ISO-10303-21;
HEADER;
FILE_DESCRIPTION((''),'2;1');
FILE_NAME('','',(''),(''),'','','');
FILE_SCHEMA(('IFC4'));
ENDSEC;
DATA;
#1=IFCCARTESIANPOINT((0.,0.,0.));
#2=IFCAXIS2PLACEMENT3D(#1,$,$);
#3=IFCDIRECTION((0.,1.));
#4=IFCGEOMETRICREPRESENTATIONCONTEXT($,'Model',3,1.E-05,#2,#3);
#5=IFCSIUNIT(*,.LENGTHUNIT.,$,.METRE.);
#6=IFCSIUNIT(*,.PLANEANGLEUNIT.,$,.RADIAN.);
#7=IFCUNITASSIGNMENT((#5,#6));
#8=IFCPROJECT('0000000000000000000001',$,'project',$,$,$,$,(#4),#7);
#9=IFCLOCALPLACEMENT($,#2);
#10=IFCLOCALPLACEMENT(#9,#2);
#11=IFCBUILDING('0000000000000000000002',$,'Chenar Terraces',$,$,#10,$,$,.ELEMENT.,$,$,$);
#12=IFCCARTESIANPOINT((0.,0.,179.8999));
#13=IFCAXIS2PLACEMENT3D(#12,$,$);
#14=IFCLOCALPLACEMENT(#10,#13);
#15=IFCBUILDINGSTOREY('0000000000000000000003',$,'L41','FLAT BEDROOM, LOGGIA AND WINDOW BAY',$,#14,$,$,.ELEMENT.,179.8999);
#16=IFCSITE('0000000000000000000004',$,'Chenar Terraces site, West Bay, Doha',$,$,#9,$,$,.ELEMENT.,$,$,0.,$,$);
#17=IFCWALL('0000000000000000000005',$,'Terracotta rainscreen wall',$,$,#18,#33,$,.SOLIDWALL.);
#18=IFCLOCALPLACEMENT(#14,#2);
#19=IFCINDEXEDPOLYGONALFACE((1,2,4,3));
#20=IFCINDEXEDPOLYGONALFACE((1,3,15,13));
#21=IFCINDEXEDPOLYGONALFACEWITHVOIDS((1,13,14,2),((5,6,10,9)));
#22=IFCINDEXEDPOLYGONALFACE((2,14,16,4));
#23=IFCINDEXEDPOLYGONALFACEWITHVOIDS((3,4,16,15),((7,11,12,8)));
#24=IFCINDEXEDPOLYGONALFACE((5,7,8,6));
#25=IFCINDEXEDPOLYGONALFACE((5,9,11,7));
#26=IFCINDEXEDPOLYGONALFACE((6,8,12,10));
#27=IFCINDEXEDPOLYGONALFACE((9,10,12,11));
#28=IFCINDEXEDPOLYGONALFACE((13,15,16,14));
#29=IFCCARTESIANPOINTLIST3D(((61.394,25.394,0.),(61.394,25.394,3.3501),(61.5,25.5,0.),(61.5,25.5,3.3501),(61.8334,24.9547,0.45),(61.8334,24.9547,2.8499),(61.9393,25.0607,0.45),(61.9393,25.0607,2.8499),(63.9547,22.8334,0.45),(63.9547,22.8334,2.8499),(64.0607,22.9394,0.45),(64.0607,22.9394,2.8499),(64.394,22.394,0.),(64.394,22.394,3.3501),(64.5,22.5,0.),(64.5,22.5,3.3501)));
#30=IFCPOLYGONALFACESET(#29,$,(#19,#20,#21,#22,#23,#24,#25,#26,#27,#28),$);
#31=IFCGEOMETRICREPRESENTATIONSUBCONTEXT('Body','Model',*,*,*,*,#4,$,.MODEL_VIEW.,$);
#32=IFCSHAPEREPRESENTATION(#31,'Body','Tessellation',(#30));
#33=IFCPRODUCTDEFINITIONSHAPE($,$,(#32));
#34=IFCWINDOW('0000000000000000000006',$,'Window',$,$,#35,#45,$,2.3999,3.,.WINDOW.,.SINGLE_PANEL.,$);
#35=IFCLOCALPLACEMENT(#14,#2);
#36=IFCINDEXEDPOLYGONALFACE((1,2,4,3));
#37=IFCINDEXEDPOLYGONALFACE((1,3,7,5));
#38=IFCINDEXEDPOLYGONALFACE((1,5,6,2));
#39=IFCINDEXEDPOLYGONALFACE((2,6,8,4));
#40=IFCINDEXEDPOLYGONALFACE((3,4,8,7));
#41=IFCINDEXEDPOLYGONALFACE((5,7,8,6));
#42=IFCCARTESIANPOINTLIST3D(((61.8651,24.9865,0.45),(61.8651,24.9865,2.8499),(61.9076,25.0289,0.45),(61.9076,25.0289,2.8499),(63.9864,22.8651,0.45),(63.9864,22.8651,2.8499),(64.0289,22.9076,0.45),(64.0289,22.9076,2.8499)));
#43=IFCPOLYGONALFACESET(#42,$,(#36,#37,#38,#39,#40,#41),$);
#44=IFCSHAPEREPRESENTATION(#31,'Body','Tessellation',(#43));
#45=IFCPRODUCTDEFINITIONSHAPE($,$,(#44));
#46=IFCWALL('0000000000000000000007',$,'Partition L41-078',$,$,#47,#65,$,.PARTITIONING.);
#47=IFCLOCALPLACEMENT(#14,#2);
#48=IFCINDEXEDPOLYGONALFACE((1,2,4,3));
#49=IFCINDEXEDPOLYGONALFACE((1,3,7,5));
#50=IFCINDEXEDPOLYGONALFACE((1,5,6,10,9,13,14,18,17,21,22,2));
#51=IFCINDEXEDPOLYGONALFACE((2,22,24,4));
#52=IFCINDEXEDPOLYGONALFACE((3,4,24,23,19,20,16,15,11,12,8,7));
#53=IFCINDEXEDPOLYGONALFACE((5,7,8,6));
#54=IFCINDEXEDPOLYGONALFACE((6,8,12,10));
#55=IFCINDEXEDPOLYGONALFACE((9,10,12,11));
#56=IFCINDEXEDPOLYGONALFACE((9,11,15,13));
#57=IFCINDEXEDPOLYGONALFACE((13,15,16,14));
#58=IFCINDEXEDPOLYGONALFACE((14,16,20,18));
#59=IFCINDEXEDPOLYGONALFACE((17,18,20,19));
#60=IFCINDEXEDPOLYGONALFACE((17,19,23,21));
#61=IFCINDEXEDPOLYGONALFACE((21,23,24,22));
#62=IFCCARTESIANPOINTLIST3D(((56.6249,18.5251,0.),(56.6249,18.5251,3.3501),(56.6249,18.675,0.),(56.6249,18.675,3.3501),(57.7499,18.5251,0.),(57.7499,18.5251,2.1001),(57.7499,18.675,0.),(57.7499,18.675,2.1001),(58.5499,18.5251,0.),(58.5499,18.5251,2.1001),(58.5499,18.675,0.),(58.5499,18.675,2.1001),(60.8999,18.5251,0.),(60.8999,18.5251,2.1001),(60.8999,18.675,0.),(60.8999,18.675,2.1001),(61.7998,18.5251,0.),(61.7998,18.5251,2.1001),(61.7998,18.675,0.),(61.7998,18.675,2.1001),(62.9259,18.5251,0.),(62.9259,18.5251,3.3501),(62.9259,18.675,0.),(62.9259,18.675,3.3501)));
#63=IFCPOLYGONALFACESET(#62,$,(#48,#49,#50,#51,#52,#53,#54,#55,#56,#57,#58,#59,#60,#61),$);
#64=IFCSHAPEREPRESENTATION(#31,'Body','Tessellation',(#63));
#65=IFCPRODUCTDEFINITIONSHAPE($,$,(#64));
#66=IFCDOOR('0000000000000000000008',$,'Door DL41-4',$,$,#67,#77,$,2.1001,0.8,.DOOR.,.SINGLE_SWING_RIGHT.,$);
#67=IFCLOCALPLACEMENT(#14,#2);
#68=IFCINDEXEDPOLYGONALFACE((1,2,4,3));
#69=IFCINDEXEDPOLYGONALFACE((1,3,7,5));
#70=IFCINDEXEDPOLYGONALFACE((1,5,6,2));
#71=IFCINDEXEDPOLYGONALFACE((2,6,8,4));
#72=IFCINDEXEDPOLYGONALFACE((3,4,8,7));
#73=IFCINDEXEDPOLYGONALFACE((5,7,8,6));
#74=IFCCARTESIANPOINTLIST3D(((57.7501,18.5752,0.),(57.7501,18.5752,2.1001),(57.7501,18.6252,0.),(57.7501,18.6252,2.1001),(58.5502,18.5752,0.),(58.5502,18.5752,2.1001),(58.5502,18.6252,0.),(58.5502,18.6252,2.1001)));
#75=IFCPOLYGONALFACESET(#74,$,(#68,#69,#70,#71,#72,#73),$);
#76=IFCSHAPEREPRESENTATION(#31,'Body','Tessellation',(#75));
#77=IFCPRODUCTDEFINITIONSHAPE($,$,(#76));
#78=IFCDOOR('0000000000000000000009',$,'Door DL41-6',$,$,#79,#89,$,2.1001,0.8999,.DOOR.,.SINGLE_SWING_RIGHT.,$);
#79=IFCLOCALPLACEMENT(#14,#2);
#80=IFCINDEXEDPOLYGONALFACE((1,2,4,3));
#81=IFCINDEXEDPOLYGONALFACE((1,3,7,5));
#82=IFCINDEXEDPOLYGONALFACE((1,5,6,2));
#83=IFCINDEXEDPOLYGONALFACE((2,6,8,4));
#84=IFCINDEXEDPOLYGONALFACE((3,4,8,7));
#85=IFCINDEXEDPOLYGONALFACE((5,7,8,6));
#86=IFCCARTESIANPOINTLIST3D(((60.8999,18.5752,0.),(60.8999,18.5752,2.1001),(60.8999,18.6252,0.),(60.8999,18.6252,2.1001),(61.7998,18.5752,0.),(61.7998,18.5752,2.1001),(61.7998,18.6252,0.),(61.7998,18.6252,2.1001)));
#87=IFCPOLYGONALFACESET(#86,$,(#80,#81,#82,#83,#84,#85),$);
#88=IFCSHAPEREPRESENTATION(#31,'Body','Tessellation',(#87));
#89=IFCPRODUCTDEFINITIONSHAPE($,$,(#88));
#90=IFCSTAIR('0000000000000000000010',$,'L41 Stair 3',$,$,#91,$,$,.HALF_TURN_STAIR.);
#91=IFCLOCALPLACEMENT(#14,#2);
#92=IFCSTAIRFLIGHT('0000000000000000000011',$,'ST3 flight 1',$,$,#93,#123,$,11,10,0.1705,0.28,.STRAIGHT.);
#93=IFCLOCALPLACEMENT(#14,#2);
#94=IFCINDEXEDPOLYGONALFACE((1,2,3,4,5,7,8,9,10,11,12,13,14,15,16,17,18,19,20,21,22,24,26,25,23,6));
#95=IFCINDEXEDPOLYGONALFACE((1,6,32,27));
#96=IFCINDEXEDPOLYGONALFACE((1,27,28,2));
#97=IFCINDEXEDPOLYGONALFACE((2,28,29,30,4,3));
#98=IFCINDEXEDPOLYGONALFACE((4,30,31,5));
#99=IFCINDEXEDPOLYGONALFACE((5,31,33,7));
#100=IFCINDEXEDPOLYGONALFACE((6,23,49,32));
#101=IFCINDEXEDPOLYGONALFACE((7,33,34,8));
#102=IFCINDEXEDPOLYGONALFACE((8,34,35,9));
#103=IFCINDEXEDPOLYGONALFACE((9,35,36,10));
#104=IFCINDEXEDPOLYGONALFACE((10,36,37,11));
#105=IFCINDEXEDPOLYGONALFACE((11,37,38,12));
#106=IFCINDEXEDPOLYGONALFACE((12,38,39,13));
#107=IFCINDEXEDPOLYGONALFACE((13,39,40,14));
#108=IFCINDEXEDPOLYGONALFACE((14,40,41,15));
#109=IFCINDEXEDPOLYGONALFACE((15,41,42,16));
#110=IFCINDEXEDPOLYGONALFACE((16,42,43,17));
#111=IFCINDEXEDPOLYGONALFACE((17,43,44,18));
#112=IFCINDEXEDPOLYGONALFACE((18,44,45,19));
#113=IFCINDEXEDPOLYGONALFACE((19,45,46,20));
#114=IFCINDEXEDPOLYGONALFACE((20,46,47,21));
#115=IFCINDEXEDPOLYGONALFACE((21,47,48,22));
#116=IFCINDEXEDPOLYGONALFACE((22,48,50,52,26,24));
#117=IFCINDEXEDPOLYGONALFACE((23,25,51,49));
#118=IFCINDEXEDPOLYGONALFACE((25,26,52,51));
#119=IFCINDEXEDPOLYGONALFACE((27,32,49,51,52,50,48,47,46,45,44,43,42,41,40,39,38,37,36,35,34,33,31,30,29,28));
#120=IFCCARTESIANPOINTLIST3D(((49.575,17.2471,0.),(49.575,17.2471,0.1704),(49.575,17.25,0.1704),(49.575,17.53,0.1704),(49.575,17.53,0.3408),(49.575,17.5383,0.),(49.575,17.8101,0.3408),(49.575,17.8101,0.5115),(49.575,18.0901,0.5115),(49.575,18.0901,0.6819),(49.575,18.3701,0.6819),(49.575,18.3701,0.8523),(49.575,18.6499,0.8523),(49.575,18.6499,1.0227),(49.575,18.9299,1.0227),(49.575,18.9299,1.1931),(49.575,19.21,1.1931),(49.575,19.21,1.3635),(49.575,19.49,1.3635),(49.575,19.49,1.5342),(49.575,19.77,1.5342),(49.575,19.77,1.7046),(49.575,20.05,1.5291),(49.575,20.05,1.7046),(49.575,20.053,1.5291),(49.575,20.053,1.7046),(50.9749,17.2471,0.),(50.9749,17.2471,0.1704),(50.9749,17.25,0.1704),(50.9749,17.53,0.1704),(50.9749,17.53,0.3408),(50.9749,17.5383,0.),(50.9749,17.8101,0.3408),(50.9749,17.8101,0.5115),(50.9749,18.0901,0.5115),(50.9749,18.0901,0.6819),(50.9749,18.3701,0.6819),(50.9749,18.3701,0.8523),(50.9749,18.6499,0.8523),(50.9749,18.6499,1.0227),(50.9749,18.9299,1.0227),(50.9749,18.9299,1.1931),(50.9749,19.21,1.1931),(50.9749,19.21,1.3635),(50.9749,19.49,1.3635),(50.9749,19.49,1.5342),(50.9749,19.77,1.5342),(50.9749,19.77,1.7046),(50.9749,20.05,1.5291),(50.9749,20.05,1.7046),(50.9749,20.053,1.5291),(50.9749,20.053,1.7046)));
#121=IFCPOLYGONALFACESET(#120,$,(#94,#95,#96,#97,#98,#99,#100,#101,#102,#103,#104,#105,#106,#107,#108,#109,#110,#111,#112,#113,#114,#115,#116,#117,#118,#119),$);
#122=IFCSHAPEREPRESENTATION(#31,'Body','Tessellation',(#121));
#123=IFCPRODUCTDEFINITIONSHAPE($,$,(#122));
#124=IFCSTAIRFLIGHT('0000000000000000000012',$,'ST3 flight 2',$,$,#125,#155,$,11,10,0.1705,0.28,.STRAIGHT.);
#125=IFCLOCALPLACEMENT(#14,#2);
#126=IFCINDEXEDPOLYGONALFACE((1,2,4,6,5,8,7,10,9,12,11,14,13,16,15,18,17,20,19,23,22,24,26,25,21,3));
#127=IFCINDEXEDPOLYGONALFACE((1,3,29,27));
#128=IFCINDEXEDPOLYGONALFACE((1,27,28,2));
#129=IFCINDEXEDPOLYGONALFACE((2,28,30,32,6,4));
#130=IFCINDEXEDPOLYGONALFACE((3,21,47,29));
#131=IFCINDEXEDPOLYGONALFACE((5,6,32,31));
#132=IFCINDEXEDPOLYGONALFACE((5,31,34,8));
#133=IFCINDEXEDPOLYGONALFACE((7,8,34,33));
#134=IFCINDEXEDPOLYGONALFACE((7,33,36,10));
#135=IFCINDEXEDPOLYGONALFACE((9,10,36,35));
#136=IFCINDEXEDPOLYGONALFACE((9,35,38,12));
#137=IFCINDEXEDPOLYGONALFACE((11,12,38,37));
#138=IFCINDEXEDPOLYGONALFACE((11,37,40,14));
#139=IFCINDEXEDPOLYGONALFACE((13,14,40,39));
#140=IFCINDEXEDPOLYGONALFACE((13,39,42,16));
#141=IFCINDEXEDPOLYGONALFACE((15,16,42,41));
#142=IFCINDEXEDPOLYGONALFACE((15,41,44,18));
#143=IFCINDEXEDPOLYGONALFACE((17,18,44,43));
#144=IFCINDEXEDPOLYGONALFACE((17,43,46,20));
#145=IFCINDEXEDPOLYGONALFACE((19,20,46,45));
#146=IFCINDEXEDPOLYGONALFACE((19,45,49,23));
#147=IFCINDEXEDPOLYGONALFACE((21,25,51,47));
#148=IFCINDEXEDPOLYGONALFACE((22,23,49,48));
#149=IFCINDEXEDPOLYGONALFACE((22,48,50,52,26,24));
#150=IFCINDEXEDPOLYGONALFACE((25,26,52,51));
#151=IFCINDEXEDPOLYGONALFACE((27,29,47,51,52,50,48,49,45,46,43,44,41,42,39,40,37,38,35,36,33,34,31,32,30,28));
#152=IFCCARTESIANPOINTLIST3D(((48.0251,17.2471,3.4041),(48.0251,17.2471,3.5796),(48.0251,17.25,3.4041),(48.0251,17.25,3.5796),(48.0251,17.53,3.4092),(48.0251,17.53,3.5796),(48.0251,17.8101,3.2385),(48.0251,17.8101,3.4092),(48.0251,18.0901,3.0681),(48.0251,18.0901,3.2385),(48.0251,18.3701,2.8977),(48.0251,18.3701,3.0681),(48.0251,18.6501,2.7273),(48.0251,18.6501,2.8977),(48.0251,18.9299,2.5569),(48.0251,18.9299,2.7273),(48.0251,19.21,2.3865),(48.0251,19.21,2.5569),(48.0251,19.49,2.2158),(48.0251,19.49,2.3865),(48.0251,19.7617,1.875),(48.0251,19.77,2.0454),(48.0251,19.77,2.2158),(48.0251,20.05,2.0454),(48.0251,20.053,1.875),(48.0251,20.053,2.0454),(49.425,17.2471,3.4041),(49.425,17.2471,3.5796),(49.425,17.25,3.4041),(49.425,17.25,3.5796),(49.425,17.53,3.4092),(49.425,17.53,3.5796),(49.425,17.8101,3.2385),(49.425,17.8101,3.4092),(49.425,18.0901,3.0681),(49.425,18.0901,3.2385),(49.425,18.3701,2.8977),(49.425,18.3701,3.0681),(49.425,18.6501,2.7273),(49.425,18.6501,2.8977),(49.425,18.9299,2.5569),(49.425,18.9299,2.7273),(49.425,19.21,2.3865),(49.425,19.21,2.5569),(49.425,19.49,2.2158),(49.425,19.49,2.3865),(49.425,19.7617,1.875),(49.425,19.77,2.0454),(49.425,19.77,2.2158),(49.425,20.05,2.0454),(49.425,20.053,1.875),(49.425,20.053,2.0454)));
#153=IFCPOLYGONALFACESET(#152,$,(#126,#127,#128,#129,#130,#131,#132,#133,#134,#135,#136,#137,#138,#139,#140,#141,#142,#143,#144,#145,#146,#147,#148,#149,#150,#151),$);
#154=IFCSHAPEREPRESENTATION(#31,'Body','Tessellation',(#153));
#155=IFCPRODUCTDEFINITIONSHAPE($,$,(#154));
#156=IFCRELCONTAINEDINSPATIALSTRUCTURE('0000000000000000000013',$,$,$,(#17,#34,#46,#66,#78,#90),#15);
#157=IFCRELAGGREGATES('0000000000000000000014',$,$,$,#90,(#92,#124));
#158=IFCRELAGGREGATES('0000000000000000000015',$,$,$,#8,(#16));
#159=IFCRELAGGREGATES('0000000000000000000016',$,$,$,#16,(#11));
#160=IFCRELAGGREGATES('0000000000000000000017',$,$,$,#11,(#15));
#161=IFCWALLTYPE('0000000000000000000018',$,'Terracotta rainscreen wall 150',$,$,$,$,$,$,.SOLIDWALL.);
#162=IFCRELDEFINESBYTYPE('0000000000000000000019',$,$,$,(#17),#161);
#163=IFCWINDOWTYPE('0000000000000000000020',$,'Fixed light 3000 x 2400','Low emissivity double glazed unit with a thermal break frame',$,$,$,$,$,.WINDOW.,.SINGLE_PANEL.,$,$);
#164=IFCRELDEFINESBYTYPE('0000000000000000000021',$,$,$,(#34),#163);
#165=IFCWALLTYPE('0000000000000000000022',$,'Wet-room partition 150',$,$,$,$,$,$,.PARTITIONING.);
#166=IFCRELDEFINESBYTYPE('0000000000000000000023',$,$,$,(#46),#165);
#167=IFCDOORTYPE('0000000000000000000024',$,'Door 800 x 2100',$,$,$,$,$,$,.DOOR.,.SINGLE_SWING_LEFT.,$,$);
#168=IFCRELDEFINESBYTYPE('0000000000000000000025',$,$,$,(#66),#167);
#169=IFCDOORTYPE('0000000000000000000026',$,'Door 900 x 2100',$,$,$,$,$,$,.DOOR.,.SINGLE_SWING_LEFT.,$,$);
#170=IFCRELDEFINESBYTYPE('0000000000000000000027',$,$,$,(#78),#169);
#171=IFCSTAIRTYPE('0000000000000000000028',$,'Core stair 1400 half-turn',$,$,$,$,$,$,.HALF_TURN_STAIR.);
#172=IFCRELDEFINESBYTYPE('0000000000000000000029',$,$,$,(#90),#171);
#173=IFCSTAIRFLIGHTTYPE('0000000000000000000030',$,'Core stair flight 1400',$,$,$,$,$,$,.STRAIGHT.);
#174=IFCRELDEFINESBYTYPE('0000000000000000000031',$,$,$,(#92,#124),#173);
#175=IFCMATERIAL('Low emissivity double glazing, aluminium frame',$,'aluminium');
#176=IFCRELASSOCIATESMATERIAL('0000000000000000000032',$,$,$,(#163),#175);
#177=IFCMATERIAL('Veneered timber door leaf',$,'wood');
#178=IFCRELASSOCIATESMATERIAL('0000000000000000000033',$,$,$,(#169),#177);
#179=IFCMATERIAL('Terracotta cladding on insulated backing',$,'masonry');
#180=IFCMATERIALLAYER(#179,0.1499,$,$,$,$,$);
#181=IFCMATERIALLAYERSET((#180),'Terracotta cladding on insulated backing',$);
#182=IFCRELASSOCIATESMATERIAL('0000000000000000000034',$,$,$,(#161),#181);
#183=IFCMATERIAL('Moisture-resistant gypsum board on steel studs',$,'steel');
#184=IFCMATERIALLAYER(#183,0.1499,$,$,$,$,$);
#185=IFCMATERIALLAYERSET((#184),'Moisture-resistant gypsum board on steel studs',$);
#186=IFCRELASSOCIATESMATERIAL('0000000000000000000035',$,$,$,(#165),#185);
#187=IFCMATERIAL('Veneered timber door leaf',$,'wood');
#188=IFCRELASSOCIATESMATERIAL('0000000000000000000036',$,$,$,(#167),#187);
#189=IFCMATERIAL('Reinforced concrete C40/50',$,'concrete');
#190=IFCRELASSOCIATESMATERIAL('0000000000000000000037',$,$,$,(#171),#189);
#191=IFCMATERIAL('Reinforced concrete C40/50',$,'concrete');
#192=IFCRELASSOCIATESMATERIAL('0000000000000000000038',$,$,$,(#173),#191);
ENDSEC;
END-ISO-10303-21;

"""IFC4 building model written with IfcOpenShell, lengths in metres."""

from ifc_helpers import new_model, si_unit, direction, frame, frame_2d, origin, place, context, subcontext, project, spatial, polyline, rectangle, outline, extrude, material, layer, layer_set, type_object, element, fill, aggregate, save


model = new_model("IFC4")

# Units and contexts
model_context = context("Model", 3, precision=1e-05, world=origin(), true_north=direction((0.0, 1.0)))
body_context = subcontext(model_context, "Body", "Model", "MODEL_VIEW")
ifc_project = project(units=[si_unit("LENGTHUNIT", "METRE"), si_unit("PLANEANGLEUNIT", "RADIAN")], contexts=[model_context])

# Site, building, storey
site_placement = place(None, origin())
site = spatial("IfcSite", under=ifc_project, at=site_placement, Name="Chenar Terraces site, West Bay, Doha", CompositionType="ELEMENT", RefElevation=0.0)
building_placement = place(site_placement, origin())
building = spatial("IfcBuilding", under=site, at=building_placement, Name="Chenar Terraces", CompositionType="ELEMENT")
storey_placement = place(building_placement, frame((0.0, 0.0, 179.8999)))
storey = spatial("IfcBuildingStorey", under=building, at=storey_placement, Name="L41", Description="FLAT BEDROOM, LOGGIA AND WINDOW BAY", CompositionType="ELEMENT", Elevation=179.8999)

# Shared definitions
ifc_material_1 = material(Name="Low emissivity double glazing, aluminium frame", Category="aluminium")
window_type_1 = type_object("IfcWindowType", Name="Fixed light 3000 x 2400", Description="Low emissivity double glazed unit with a thermal break frame", PartitioningType="SINGLE_PANEL", PredefinedType="WINDOW", material=ifc_material_1)

# Shared definitions
ifc_material_2 = material(Name="Veneered timber door leaf", Category="wood")
door_type_1 = type_object("IfcDoorType", Name="Door 900 x 2100", OperationType="SINGLE_SWING_LEFT", PredefinedType="DOOR", material=ifc_material_2)

# Wall, opening, window
ifc_material_3 = material(Name="Terracotta cladding on insulated backing", Category="masonry")
ifc_layer_1 = layer(ifc_material_3, 0.1499)
ifc_layer_set_1 = layer_set([ifc_layer_1], Name="Terracotta cladding on insulated backing")
wall_type_1 = type_object("IfcWallType", Name="Terracotta rainscreen wall 150", PredefinedType="SOLIDWALL", material=ifc_layer_set_1)
wall_1_placement = place(storey_placement, frame((64.447, 22.447, 0.0), z_axis=(0.0, 0.0, 1.0), x_axis=(-0.707107, 0.707107, 0.0)))
wall_1 = element("IfcWall", 1, at=wall_1_placement, inside=storey, type_object=wall_type_1, Name="Terracotta rainscreen wall", PredefinedType="SOLIDWALL", context=body_context, shape_type="SweptSolid", body=[
    extrude(rectangle(XDim=4.2427, YDim=0.1499, at=frame_2d((2.1213, 0.0))), origin(), (0.0, 0.0, 1.0), 3.3501),
])
opening_1_placement = place(wall_1_placement, frame((0.6213, 0.0, 0.45)))
opening_1 = element("IfcOpeningElement", 2, at=opening_1_placement, cuts=wall_1, PredefinedType="OPENING", context=body_context, shape_type="SweptSolid", body=[
    extrude(rectangle(XDim=3.0, YDim=2.3999, at=frame_2d((1.5, 1.2))), frame((0.0, 0.085, 0.0), z_axis=(0.0, -1.0, 0.0), x_axis=(1.0, 0.0, 0.0)), (0.0, 0.0, 1.0), 0.1699),
])
window_1_placement = place(opening_1_placement, origin())
window_1 = element("IfcWindow", 3, at=window_1_placement, inside=storey, type_object=window_type_1, Name="Window", OverallHeight=2.3999, OverallWidth=3.0, PartitioningType="SINGLE_PANEL", PredefinedType="WINDOW", context=body_context, shape_type="SweptSolid", body=[
    extrude(rectangle(XDim=3.0, YDim=2.3999, at=frame_2d((1.5, 1.2))), frame((0.0, 0.03, 0.0), z_axis=(0.0, -1.0, 0.0), x_axis=(1.0, 0.0, 0.0)), (0.0, 0.0, 1.0), 0.0601),
])
fill(opening_1, window_1)

# Wall, openings, doors
ifc_material_4 = material(Name="Moisture-resistant gypsum board on steel studs", Category="steel")
ifc_layer_2 = layer(ifc_material_4, 0.1499)
ifc_layer_set_2 = layer_set([ifc_layer_2], Name="Moisture-resistant gypsum board on steel studs")
wall_type_2 = type_object("IfcWallType", Name="Wet-room partition 150", PredefinedType="PARTITIONING", material=ifc_layer_set_2)
wall_2_placement = place(storey_placement, frame((56.625, 18.6001, 0.0), z_axis=(0.0, 0.0, 1.0), x_axis=(1.0, 0.0, 0.0)))
wall_2 = element("IfcWall", 4, at=wall_2_placement, inside=storey, type_object=wall_type_2, Name="Partition L41-078", PredefinedType="PARTITIONING", context=body_context, shape_type="SweptSolid", body=[
    extrude(rectangle(XDim=6.301, YDim=0.1499, at=frame_2d((3.1504, 0.0))), origin(), (0.0, 0.0, 1.0), 3.3501),
])
opening_2_placement = place(wall_2_placement, frame((1.125, 0.0, 0.0)))
opening_2 = element("IfcOpeningElement", 5, at=opening_2_placement, cuts=wall_2, PredefinedType="OPENING", context=body_context, shape_type="SweptSolid", body=[
    extrude(rectangle(XDim=0.8, YDim=2.1001, at=frame_2d((0.3999, 1.05))), frame((0.0, 0.085, 0.0), z_axis=(0.0, -1.0, 0.0), x_axis=(1.0, 0.0, 0.0)), (0.0, 0.0, 1.0), 0.1699),
])
opening_3_placement = place(wall_2_placement, frame((4.2749, 0.0, 0.0)))
opening_3 = element("IfcOpeningElement", 6, at=opening_3_placement, cuts=wall_2, PredefinedType="OPENING", context=body_context, shape_type="SweptSolid", body=[
    extrude(rectangle(XDim=0.8999, YDim=2.1001, at=frame_2d((0.45, 1.05))), frame((0.0, 0.085, 0.0), z_axis=(0.0, -1.0, 0.0), x_axis=(1.0, 0.0, 0.0)), (0.0, 0.0, 1.0), 0.1699),
])
ifc_material_5 = material(Name="Veneered timber door leaf", Category="wood")
door_type_2 = type_object("IfcDoorType", Name="Door 800 x 2100", OperationType="SINGLE_SWING_LEFT", PredefinedType="DOOR", material=ifc_material_5)
door_1_placement = place(opening_2_placement, frame((0.8, 0.0, 0.0), z_axis=(0.0, 0.0, 1.0), x_axis=(-1.0, 0.0, 0.0)))
door_1 = element("IfcDoor", 7, at=door_1_placement, inside=storey, type_object=door_type_2, Name="Door DL41-4", OperationType="SINGLE_SWING_RIGHT", OverallHeight=2.1001, OverallWidth=0.8, PredefinedType="DOOR", context=body_context, shape_type="SweptSolid", body=[
    extrude(rectangle(XDim=0.8, YDim=2.1001, at=frame_2d((0.3999, 1.05))), frame((0.0, 0.0249, 0.0), z_axis=(0.0, -1.0, 0.0), x_axis=(1.0, 0.0, 0.0)), (0.0, 0.0, 1.0), 0.05),
])
fill(opening_2, door_1)
door_2_placement = place(opening_3_placement, frame((0.8999, 0.0, 0.0), z_axis=(0.0, 0.0, 1.0), x_axis=(-1.0, 0.0, 0.0)))
door_2 = element("IfcDoor", 8, at=door_2_placement, inside=storey, type_object=door_type_1, Name="Door DL41-6", OperationType="SINGLE_SWING_RIGHT", OverallHeight=2.1001, OverallWidth=0.8999, PredefinedType="DOOR", context=body_context, shape_type="SweptSolid", body=[
    extrude(rectangle(XDim=0.8999, YDim=2.1001, at=frame_2d((0.45, 1.05))), frame((0.0, 0.0249, 0.0), z_axis=(0.0, -1.0, 0.0), x_axis=(1.0, 0.0, 0.0)), (0.0, 0.0, 1.0), 0.05),
])
fill(opening_3, door_2)

# Stair, stair flights
ifc_material_6 = material(Name="Reinforced concrete C40/50", Category="concrete")
stair_type = type_object("IfcStairType", Name="Core stair 1400 half-turn", PredefinedType="HALF_TURN_STAIR", material=ifc_material_6)
stair_placement = place(storey_placement, origin())
stair = element("IfcStair", 9, at=stair_placement, inside=storey, type_object=stair_type, Name="L41 Stair 3", PredefinedType="HALF_TURN_STAIR")
ifc_material_7 = material(Name="Reinforced concrete C40/50", Category="concrete")
stair_flight_type = type_object("IfcStairFlightType", Name="Core stair flight 1400", PredefinedType="STRAIGHT", material=ifc_material_7)
stair_flight_1_placement = place(storey_placement, frame((50.2749, 17.25, 0.0), z_axis=(0.0, 0.0, 1.0), x_axis=(0.0, 1.0, 0.0)))
stair_flight_1 = element("IfcStairFlight", 10, at=stair_flight_1_placement, type_object=stair_flight_type, Name="ST3 flight 1", NumberOfRisers=11, NumberOfTreads=10, PredefinedType="STRAIGHT", RiserHeight=0.1705, TreadLength=0.28, context=body_context, shape_type="SweptSolid", body=[
    extrude(outline(polyline([(-0.0029, 0.0), (-0.0029, 0.1704), (0.0, 0.1704), (0.28, 0.1704), (0.28, 0.3408), (0.5601, 0.3408), (0.5601, 0.5115), (0.8401, 0.5115), (0.8401, 0.6819), (1.1201, 0.6819), (1.1201, 0.8523), (1.3999, 0.8523), (1.3999, 1.0227), (1.6799, 1.0227), (1.6799, 1.1931), (1.96, 1.1931), (1.96, 1.3635), (2.24, 1.3635), (2.24, 1.5342), (2.52, 1.5342), (2.52, 1.7046), (2.8, 1.7046), (2.803, 1.7046), (2.803, 1.5291), (2.8, 1.5291), (0.2883, 0.0), (-0.0029, 0.0)])), frame((0.0, 0.7, 0.0), z_axis=(0.0, -1.0, 0.0), x_axis=(1.0, 0.0, 0.0)), (0.0, 0.0, 1.0), 1.3999),
])
stair_flight_2_placement = place(storey_placement, frame((48.7251, 20.05, 1.875), z_axis=(0.0, 0.0, 1.0), x_axis=(0.0, -1.0, 0.0)))
stair_flight_2 = element("IfcStairFlight", 11, at=stair_flight_2_placement, type_object=stair_flight_type, Name="ST3 flight 2", NumberOfRisers=11, NumberOfTreads=10, PredefinedType="STRAIGHT", RiserHeight=0.1705, TreadLength=0.28, context=body_context, shape_type="SweptSolid", body=[
    extrude(outline(polyline([(-0.0029, 0.0), (-0.0029, 0.1704), (0.0, 0.1704), (0.28, 0.1704), (0.28, 0.3408), (0.5601, 0.3408), (0.5601, 0.5115), (0.8401, 0.5115), (0.8401, 0.6819), (1.1201, 0.6819), (1.1201, 0.8523), (1.3999, 0.8523), (1.3999, 1.0227), (1.6799, 1.0227), (1.6799, 1.1931), (1.96, 1.1931), (1.96, 1.3635), (2.24, 1.3635), (2.24, 1.5342), (2.52, 1.5342), (2.52, 1.7046), (2.8, 1.7046), (2.803, 1.7046), (2.803, 1.5291), (2.8, 1.5291), (0.2883, 0.0), (-0.0029, 0.0)])), frame((0.0, 0.7, 0.0), z_axis=(0.0, -1.0, 0.0), x_axis=(1.0, 0.0, 0.0)), (0.0, 0.0, 1.0), 1.3999),
])
aggregate(stair, [stair_flight_1, stair_flight_2])

save(model, "model.ifc")
